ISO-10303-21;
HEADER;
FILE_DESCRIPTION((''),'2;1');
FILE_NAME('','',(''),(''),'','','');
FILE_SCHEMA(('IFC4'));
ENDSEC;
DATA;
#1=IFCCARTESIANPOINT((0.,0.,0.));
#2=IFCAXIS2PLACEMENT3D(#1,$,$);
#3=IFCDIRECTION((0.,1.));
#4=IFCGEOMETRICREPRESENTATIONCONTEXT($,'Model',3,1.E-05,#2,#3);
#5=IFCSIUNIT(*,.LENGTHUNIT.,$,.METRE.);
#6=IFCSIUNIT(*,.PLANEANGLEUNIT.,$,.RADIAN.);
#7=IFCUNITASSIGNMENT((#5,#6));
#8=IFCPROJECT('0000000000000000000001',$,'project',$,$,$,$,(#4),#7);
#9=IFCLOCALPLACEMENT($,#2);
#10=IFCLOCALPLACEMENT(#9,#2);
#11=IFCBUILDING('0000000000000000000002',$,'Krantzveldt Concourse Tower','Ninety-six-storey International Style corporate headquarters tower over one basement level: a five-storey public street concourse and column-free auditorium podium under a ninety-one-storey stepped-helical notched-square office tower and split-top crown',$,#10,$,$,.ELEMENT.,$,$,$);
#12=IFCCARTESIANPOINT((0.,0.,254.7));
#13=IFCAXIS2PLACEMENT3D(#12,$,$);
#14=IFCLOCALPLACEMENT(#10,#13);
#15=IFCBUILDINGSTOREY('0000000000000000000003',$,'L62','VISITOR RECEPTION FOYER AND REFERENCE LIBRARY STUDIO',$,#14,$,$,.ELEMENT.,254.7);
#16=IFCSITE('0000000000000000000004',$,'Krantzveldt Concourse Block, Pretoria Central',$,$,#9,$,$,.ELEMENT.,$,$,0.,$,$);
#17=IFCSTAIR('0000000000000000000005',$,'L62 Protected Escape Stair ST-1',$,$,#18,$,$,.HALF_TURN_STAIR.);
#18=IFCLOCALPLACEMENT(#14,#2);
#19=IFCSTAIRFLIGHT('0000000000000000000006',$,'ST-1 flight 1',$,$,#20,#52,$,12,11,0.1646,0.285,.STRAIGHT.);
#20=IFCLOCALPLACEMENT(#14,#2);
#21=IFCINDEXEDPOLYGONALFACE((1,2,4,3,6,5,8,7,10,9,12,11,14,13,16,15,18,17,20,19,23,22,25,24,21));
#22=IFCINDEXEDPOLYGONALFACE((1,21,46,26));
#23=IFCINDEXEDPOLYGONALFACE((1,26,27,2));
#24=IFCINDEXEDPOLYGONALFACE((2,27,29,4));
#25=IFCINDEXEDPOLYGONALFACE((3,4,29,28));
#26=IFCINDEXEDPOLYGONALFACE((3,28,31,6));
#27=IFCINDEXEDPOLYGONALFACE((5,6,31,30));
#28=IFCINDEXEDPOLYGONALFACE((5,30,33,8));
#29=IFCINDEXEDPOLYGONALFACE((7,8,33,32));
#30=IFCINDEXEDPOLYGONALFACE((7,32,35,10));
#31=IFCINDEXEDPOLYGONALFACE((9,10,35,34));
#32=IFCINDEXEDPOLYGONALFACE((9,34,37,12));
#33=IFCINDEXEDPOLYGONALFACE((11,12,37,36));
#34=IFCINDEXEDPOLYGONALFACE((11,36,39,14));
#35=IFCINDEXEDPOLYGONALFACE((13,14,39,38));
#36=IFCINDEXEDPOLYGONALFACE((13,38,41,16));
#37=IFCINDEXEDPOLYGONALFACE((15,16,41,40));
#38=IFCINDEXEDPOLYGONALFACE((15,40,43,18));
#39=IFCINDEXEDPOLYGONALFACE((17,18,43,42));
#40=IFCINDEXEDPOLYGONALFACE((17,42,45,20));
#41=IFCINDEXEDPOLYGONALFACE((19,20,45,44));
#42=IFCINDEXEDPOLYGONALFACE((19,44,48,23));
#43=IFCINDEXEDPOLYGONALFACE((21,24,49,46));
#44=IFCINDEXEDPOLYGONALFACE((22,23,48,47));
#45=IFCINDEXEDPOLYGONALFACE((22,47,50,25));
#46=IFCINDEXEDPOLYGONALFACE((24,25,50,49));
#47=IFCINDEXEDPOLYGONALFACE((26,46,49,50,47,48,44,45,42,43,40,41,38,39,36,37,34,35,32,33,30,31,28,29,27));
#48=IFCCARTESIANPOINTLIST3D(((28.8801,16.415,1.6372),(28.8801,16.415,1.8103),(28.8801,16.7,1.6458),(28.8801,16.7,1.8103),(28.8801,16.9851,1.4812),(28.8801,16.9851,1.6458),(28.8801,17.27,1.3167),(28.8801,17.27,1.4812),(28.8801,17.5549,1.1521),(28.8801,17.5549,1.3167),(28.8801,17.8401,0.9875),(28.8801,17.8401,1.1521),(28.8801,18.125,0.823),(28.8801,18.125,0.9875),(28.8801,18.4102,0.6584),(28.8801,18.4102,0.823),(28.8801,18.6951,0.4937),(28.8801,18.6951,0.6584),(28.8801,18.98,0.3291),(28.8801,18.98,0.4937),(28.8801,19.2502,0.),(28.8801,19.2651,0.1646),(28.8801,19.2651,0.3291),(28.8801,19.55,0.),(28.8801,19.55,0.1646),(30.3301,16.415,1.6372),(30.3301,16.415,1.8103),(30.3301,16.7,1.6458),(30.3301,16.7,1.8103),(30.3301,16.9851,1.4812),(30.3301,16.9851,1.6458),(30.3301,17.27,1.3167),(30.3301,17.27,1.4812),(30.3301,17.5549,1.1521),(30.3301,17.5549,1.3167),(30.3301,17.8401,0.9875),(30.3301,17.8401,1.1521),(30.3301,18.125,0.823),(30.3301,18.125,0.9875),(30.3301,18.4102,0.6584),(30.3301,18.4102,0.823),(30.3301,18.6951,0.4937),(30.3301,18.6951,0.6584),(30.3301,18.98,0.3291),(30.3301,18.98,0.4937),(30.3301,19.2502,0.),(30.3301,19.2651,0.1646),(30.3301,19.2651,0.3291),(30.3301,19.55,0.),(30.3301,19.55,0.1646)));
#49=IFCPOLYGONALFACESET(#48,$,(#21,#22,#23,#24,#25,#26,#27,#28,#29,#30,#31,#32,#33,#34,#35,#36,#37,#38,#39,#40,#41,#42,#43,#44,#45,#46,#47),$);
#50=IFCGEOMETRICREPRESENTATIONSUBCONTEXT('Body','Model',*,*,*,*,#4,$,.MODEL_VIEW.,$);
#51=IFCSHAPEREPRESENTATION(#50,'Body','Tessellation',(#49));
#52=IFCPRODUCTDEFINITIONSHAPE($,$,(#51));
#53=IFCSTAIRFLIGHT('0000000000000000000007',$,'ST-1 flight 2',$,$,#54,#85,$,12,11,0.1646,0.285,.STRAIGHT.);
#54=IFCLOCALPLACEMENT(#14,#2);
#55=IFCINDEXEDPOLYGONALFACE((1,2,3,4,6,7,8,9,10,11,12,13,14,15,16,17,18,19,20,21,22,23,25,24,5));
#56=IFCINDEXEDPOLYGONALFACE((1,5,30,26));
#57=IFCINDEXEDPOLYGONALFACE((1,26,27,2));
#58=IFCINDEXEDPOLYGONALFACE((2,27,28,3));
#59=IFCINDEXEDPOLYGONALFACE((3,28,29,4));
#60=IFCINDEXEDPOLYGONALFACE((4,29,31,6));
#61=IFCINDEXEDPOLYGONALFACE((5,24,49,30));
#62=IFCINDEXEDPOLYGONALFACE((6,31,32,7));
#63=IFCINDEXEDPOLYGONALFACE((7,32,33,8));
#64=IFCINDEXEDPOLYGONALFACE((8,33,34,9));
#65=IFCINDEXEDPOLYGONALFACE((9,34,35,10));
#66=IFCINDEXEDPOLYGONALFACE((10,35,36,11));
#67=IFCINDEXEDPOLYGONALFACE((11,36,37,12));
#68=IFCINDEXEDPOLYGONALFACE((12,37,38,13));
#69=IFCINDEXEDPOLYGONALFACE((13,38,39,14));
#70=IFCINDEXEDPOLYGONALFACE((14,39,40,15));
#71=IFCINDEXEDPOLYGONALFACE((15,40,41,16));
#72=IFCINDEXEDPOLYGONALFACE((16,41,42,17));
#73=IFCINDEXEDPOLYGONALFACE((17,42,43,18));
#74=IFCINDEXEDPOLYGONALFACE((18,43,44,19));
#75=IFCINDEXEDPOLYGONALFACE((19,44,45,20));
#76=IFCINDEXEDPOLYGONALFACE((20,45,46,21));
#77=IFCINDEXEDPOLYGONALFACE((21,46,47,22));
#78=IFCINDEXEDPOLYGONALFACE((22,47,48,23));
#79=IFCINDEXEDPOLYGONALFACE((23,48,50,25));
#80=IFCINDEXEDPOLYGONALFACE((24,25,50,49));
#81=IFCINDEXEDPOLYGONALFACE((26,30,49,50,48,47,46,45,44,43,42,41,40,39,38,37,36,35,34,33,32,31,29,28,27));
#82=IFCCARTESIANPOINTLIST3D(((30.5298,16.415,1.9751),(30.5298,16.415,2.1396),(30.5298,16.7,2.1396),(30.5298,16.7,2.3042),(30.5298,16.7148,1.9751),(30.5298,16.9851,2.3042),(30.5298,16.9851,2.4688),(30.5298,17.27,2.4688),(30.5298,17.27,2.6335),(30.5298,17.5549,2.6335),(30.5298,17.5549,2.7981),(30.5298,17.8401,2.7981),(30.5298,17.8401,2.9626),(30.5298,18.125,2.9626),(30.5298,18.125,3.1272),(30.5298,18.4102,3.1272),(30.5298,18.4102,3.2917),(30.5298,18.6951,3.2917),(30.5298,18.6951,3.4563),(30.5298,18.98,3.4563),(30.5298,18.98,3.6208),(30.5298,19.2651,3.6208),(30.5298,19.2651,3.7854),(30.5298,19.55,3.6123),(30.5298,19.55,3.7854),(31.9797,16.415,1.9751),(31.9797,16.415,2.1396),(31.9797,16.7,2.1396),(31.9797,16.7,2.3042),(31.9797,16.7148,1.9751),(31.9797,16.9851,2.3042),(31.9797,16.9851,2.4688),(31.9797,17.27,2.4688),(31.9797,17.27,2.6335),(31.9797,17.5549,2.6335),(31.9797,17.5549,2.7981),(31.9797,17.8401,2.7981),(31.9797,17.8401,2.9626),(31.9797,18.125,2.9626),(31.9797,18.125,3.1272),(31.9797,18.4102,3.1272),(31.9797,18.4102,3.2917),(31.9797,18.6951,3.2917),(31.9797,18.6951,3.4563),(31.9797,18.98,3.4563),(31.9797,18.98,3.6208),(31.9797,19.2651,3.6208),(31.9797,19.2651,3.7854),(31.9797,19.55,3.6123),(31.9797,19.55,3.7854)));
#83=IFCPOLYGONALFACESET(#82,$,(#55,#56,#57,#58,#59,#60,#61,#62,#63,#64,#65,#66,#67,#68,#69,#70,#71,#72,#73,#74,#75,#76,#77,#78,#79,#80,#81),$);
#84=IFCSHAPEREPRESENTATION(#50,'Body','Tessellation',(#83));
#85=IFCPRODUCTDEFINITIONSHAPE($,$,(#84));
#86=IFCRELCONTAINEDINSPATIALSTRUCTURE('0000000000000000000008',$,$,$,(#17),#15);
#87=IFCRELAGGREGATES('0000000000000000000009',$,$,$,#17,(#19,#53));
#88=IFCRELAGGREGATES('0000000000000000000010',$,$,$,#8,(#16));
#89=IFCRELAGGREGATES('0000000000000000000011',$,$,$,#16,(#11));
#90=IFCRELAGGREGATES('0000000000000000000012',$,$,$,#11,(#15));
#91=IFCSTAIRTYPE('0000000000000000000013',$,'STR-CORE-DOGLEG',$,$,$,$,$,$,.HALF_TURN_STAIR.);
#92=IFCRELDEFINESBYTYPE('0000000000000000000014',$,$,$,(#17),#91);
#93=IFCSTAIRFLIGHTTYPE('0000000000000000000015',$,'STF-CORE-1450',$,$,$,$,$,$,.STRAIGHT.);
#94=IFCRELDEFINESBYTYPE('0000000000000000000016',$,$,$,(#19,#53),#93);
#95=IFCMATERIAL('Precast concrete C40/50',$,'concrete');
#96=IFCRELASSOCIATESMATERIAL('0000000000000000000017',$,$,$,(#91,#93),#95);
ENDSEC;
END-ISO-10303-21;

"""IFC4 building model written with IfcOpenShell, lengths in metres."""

from ifc_helpers import new_model, si_unit, direction, frame, origin, place, context, subcontext, project, spatial, polyline, outline, extrude, material, type_object, element, aggregate, save


model = new_model("IFC4")

# Units and contexts
model_context = context("Model", 3, precision=1e-05, world=origin(), true_north=direction((0.0, 1.0)))
body_context = subcontext(model_context, "Body", "Model", "MODEL_VIEW")
ifc_project = project(units=[si_unit("LENGTHUNIT", "METRE"), si_unit("PLANEANGLEUNIT", "RADIAN")], contexts=[model_context])

# Site, building, storey
site_placement = place(None, origin())
site = spatial("IfcSite", under=ifc_project, at=site_placement, Name="Krantzveldt Concourse Block, Pretoria Central", CompositionType="ELEMENT", RefElevation=0.0)
building_placement = place(site_placement, origin())
building = spatial("IfcBuilding", under=site, at=building_placement, Name="Krantzveldt Concourse Tower", Description="Ninety-six-storey International Style corporate headquarters tower over one basement level: a five-storey public street concourse and column-free auditorium podium under a ninety-one-storey stepped-helical notched-square office tower and split-top crown", CompositionType="ELEMENT")
storey_placement = place(building_placement, frame((0.0, 0.0, 254.7)))
storey = spatial("IfcBuildingStorey", under=building, at=storey_placement, Name="L62", Description="VISITOR RECEPTION FOYER AND REFERENCE LIBRARY STUDIO", CompositionType="ELEMENT", Elevation=254.7)

# Stair, stair flights
ifc_material_1 = material(Name="Precast concrete C40/50", Category="concrete")
stair_type = type_object("IfcStairType", Name="STR-CORE-DOGLEG", PredefinedType="HALF_TURN_STAIR", material=ifc_material_1)
stair_placement = place(storey_placement, origin())
stair = element("IfcStair", 1, at=stair_placement, inside=storey, type_object=stair_type, Name="L62 Protected Escape Stair ST-1", PredefinedType="HALF_TURN_STAIR")
stair_flight_type = type_object("IfcStairFlightType", Name="STF-CORE-1450", PredefinedType="STRAIGHT", material=ifc_material_1)
stair_flight_1_placement = place(storey_placement, frame((29.605, 19.55, 0.0), z_axis=(0.0, 0.0, 1.0), x_axis=(0.0, -1.0, 0.0)))
stair_flight_1 = element("IfcStairFlight", 2, at=stair_flight_1_placement, type_object=stair_flight_type, Name="ST-1 flight 1", NumberOfRisers=12, NumberOfTreads=11, PredefinedType="STRAIGHT", RiserHeight=0.1646, TreadLength=0.285, context=body_context, shape_type="SweptSolid", body=[
    extrude(outline(polyline([(0.0, 0.0), (0.0, 0.1646), (0.2849, 0.1646), (0.2849, 0.3291), (0.5701, 0.3291), (0.5701, 0.4937), (0.855, 0.4937), (0.855, 0.6584), (1.1399, 0.6584), (1.1399, 0.823), (1.425, 0.823), (1.425, 0.9875), (1.71, 0.9875), (1.71, 1.1521), (1.9951, 1.1521), (1.9951, 1.3167), (2.28, 1.3167), (2.28, 1.4812), (2.5649, 1.4812), (2.5649, 1.6458), (2.8501, 1.6458), (2.8501, 1.8103), (3.135, 1.8103), (3.135, 1.9751), (3.135, 1.6372), (0.2998, 0.0), (0.0, 0.0)])), frame((0.0, 0.7251, 0.0), z_axis=(0.0, -1.0, 0.0), x_axis=(1.0, 0.0, 0.0)), (0.0, 0.0, 1.0), 1.45),
])
stair_flight_2_placement = place(storey_placement, frame((31.2549, 16.415, 1.9751), z_axis=(0.0, 0.0, 1.0), x_axis=(0.0, 1.0, 0.0)))
stair_flight_2 = element("IfcStairFlight", 3, at=stair_flight_2_placement, type_object=stair_flight_type, Name="ST-1 flight 2", NumberOfRisers=12, NumberOfTreads=11, PredefinedType="STRAIGHT", RiserHeight=0.1646, TreadLength=0.285, context=body_context, shape_type="SweptSolid", body=[
    extrude(outline(polyline([(0.0, 0.0), (0.0, 0.1646), (0.2849, 0.1646), (0.2849, 0.3291), (0.5701, 0.3291), (0.5701, 0.4937), (0.855, 0.4937), (0.855, 0.6584), (1.1399, 0.6584), (1.1399, 0.823), (1.425, 0.823), (1.425, 0.9875), (1.71, 0.9875), (1.71, 1.1521), (1.9951, 1.1521), (1.9951, 1.3167), (2.28, 1.3167), (2.28, 1.4812), (2.5649, 1.4812), (2.5649, 1.6458), (2.8501, 1.6458), (2.8501, 1.8103), (3.135, 1.8103), (3.135, 1.9751), (3.135, 1.6372), (0.2998, 0.0), (0.0, 0.0)])), frame((0.0, 0.7251, 0.0), z_axis=(0.0, -1.0, 0.0), x_axis=(1.0, 0.0, 0.0)), (0.0, 0.0, 1.0), 1.45),
])
aggregate(stair, [stair_flight_1, stair_flight_2])

save(model, "model.ifc")
